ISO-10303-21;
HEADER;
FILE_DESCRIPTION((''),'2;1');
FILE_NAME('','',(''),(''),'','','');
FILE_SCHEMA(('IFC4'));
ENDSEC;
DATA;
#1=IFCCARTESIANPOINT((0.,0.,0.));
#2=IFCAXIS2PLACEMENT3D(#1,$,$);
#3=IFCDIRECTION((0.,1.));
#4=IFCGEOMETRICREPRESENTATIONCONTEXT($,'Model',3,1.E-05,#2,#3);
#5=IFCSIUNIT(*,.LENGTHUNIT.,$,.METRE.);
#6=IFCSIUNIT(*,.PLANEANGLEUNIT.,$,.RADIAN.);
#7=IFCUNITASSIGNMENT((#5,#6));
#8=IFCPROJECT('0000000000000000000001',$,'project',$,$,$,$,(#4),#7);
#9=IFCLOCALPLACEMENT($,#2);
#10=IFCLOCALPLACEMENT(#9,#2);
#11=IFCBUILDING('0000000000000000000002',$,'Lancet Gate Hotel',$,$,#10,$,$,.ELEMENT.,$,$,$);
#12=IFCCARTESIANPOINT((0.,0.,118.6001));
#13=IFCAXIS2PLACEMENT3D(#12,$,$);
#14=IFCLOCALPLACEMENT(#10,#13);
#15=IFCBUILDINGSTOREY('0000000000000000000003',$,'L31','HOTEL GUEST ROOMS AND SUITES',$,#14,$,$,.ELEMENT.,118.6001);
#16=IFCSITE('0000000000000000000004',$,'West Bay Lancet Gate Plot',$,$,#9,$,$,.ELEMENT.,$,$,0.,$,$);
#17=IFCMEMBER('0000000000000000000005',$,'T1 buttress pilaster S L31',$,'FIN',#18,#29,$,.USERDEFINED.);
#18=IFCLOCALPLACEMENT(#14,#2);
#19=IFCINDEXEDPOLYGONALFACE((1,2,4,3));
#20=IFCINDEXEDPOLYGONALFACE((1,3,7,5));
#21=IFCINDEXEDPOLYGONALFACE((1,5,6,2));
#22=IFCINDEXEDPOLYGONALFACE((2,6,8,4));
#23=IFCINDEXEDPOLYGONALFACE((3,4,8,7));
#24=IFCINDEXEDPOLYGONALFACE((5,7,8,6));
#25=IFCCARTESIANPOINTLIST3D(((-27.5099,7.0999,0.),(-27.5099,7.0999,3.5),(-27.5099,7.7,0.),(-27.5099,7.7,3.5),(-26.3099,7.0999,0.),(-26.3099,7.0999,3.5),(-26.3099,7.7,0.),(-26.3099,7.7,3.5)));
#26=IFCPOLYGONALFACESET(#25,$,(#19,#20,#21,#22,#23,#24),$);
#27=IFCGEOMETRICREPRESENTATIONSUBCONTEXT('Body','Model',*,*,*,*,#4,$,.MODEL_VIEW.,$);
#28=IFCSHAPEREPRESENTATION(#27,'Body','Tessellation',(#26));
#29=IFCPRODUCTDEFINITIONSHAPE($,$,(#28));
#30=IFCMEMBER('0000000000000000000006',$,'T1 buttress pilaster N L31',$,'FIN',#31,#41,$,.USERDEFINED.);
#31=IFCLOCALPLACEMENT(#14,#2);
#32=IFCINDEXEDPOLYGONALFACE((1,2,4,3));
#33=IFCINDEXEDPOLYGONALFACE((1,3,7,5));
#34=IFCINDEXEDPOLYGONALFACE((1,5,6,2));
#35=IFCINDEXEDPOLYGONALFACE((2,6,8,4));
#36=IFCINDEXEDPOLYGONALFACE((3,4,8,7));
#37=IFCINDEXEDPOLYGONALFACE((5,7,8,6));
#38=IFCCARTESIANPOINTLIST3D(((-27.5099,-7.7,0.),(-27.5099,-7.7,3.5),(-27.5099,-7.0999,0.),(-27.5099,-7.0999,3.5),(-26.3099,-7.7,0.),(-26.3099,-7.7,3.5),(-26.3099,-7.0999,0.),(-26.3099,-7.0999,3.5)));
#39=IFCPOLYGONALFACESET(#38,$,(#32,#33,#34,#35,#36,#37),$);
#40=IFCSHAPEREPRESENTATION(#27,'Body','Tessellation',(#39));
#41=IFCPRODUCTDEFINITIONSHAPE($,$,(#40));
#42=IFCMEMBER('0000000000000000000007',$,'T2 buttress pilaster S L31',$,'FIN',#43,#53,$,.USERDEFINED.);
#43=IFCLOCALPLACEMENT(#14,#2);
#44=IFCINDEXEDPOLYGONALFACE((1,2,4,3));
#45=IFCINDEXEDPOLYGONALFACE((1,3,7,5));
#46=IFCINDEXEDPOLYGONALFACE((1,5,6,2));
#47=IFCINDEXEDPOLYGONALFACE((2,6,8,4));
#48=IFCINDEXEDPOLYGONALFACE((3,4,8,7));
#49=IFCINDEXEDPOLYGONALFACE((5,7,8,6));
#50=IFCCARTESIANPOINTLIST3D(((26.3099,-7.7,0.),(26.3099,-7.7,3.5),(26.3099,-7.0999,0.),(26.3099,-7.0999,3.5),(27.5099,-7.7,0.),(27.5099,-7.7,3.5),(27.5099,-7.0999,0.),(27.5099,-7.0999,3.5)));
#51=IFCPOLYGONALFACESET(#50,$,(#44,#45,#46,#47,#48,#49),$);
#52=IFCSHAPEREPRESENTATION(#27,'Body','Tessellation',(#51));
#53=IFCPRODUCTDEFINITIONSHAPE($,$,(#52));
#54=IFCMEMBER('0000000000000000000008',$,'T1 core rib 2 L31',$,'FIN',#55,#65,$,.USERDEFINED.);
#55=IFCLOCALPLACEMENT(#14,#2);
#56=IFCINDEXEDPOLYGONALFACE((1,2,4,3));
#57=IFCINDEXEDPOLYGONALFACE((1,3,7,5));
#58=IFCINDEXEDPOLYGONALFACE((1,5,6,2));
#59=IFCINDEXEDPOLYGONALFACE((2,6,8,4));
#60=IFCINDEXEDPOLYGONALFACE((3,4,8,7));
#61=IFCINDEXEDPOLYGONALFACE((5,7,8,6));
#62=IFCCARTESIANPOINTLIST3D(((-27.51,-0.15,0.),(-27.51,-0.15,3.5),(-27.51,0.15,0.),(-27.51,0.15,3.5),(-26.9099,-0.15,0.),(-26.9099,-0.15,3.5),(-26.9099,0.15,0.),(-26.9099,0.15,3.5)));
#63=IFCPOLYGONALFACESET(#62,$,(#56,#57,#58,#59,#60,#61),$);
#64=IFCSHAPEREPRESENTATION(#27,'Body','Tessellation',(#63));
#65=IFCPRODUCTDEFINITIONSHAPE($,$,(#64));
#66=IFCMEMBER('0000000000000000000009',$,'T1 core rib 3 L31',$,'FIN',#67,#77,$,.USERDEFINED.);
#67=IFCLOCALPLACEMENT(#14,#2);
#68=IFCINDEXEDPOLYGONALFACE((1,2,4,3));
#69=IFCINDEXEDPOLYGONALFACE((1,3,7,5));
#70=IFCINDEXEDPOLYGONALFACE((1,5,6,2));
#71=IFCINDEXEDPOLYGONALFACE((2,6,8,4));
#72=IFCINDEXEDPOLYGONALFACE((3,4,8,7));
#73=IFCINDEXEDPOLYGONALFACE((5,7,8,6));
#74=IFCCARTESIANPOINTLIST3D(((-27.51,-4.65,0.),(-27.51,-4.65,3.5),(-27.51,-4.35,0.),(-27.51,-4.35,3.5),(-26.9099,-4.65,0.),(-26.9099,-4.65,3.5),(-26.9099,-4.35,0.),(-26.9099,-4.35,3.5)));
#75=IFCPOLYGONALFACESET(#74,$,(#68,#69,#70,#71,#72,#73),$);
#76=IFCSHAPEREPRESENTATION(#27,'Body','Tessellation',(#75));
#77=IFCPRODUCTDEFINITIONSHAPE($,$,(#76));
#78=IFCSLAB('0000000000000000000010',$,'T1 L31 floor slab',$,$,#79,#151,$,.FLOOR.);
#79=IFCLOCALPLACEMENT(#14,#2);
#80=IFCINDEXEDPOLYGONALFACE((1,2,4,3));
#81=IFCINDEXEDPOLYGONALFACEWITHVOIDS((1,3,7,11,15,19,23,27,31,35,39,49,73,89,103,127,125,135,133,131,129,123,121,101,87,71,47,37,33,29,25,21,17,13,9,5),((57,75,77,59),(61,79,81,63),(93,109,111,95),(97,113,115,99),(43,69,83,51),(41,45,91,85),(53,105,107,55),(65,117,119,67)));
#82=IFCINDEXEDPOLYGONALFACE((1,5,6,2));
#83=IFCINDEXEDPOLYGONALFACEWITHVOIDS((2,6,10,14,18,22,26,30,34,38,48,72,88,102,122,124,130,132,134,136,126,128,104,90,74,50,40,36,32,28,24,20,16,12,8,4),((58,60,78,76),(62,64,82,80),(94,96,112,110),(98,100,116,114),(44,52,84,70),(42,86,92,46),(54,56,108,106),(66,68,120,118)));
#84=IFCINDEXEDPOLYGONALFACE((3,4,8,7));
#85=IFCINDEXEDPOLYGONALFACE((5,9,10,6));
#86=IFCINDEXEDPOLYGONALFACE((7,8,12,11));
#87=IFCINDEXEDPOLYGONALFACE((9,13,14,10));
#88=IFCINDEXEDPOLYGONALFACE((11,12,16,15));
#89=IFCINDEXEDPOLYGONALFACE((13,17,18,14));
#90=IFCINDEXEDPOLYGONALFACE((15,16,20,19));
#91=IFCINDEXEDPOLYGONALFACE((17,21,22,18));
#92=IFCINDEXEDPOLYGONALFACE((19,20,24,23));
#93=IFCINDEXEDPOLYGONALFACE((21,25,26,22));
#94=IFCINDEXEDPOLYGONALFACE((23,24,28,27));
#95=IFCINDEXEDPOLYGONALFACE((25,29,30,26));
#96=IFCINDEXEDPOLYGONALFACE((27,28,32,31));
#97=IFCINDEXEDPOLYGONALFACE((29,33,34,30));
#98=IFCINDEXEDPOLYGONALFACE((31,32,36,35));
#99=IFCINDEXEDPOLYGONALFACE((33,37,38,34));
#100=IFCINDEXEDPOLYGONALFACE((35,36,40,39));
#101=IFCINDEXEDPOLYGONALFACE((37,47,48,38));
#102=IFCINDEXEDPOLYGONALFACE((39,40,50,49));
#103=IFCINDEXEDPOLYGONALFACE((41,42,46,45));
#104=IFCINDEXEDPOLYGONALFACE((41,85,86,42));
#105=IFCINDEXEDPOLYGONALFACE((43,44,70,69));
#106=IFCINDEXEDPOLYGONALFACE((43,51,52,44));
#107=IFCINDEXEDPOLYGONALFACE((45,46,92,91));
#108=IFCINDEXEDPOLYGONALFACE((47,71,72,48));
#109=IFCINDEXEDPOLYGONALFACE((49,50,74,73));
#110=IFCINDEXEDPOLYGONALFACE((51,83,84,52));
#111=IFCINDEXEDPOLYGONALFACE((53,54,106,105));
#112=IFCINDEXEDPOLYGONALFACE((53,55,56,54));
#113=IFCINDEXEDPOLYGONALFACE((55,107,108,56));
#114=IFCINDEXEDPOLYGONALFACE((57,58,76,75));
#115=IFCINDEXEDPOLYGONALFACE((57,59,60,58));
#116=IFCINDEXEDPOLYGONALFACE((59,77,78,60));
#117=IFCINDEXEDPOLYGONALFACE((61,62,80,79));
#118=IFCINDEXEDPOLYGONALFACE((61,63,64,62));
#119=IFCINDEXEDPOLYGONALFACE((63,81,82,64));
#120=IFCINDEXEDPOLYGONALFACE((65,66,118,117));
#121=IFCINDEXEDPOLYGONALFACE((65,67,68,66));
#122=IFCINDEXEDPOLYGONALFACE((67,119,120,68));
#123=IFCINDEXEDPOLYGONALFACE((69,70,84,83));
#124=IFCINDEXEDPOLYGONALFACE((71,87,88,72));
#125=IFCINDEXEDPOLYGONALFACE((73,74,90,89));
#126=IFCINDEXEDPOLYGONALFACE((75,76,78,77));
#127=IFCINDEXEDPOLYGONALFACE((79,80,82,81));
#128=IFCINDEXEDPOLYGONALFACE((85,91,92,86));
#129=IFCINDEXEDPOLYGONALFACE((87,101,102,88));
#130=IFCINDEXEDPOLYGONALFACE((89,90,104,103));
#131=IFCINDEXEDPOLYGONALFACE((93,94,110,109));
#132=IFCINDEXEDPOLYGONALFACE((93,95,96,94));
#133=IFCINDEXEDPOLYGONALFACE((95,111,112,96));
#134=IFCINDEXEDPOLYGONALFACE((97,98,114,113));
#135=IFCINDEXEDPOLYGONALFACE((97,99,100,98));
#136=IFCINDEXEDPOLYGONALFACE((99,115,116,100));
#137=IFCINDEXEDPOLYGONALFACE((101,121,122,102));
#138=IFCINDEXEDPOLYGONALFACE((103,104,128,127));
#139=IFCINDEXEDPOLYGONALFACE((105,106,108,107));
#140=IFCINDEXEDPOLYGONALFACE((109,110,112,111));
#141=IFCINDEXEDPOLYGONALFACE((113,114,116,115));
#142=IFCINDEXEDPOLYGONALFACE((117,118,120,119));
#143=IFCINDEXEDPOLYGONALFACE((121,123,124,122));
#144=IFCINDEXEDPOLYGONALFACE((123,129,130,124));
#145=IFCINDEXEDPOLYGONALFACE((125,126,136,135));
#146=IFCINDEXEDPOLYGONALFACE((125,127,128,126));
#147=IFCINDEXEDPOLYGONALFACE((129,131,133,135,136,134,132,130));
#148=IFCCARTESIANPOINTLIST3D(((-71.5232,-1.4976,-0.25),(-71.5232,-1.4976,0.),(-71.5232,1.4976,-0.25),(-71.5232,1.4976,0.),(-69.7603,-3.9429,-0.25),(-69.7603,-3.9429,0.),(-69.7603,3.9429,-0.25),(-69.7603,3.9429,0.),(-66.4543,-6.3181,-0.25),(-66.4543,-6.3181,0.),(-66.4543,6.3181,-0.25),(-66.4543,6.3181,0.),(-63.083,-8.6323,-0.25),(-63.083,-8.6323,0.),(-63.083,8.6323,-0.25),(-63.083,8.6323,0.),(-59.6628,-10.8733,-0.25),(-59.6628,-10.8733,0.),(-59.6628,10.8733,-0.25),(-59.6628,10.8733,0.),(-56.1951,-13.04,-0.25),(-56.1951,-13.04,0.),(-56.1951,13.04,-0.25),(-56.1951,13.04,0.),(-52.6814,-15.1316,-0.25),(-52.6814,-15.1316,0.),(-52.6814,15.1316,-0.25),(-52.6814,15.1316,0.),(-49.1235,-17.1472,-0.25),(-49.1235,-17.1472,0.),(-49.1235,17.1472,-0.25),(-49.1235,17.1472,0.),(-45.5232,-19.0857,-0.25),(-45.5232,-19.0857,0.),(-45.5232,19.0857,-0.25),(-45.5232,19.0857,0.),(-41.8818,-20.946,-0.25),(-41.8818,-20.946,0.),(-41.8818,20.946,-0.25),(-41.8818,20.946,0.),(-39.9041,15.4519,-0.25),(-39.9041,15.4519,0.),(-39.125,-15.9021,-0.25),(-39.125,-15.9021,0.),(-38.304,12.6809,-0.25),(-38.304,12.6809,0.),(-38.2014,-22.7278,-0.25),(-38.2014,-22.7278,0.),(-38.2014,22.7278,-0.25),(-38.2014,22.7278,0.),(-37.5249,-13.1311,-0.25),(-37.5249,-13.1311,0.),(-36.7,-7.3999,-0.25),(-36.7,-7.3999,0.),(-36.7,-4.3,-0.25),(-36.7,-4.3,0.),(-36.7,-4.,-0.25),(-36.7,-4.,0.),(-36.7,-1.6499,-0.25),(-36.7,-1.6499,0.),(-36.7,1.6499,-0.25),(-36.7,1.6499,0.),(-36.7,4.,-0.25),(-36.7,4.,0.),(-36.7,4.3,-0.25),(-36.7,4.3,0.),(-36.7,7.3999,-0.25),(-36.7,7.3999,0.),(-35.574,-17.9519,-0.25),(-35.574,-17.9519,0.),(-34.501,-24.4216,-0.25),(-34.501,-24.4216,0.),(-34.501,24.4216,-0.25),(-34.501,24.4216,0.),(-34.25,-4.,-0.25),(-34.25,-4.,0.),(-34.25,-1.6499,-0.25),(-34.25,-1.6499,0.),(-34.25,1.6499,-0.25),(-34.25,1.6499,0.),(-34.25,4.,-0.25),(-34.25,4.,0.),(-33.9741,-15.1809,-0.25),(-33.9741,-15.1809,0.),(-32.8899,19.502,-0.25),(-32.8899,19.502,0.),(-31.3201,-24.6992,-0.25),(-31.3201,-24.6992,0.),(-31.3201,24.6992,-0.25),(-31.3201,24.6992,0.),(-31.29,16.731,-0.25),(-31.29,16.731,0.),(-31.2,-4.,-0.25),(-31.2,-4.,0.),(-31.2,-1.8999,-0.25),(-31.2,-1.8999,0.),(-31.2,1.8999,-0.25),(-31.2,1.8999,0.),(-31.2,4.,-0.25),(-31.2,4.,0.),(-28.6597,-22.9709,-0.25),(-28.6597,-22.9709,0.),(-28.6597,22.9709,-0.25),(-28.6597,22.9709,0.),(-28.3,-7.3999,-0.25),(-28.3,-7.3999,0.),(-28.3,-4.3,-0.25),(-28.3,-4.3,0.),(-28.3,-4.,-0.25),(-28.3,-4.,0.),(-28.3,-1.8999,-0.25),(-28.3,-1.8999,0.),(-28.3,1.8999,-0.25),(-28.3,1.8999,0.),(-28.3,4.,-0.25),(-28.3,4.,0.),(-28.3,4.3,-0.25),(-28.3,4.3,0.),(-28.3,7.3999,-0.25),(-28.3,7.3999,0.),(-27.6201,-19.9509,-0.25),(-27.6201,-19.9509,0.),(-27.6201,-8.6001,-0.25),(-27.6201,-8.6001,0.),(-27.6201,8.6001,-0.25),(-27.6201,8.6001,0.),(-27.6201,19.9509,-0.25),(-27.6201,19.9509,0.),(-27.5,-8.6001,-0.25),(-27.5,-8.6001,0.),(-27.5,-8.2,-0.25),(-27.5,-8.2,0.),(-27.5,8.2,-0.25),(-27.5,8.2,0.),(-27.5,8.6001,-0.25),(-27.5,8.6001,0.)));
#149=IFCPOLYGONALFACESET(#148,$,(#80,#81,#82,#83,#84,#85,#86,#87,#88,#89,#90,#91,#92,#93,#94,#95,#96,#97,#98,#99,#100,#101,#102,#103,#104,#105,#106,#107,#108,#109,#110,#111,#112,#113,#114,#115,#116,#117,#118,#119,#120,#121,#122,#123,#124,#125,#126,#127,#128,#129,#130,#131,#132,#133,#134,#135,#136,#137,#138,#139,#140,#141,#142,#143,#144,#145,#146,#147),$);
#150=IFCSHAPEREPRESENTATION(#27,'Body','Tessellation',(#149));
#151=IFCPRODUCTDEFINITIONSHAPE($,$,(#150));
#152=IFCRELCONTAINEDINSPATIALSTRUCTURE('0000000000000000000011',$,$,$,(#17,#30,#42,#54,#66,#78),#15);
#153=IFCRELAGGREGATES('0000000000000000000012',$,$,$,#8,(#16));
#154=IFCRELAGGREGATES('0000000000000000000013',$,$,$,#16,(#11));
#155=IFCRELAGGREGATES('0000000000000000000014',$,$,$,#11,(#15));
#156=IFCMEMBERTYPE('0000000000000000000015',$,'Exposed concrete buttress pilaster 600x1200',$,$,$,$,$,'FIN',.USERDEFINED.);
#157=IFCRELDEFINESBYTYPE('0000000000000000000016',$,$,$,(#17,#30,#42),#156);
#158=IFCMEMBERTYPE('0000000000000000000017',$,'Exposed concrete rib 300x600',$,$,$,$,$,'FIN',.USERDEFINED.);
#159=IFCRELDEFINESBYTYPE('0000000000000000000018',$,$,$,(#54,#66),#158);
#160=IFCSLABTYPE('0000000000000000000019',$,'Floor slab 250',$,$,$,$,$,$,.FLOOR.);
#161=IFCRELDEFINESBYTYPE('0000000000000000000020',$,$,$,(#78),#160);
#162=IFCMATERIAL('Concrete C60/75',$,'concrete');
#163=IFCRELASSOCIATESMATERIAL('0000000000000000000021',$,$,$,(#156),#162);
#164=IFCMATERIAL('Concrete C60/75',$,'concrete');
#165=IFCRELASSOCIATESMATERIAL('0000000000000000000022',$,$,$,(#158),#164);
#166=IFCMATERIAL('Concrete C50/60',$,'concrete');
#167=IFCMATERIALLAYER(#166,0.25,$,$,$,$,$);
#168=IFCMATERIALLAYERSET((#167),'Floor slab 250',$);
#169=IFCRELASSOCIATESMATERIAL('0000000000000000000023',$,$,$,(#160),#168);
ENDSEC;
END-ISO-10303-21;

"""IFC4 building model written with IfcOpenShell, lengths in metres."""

from ifc_helpers import new_model, si_unit, direction, frame, origin, origin_2d, place, context, subcontext, project, spatial, polyline, rectangle, outline, extrude, material, layer, layer_set, material_profile, profile_set, type_object, element, save


model = new_model("IFC4")

# Units and contexts
model_context = context("Model", 3, precision=1e-05, world=origin(), true_north=direction((0.0, 1.0)))
body_context = subcontext(model_context, "Body", "Model", "MODEL_VIEW")
ifc_project = project(units=[si_unit("LENGTHUNIT", "METRE"), si_unit("PLANEANGLEUNIT", "RADIAN")], contexts=[model_context])

# Site, building, storey
site_placement = place(None, origin())
site = spatial("IfcSite", under=ifc_project, at=site_placement, Name="West Bay Lancet Gate Plot", CompositionType="ELEMENT", RefElevation=0.0)
building_placement = place(site_placement, origin())
building = spatial("IfcBuilding", under=site, at=building_placement, Name="Lancet Gate Hotel", CompositionType="ELEMENT")
storey_placement = place(building_placement, frame((0.0, 0.0, 118.6001)))
storey = spatial("IfcBuildingStorey", under=building, at=storey_placement, Name="L31", Description="HOTEL GUEST ROOMS AND SUITES", CompositionType="ELEMENT", Elevation=118.6001)

# Members
ifc_material_1 = material(Name="Concrete C60/75", Category="concrete")
ifc_material_profile_1 = material_profile(ifc_material_1, rectangle(XDim=0.6001, YDim=1.2, at=origin_2d()), Name="FIN 600x1200")
ifc_profile_set_1 = profile_set([ifc_material_profile_1], Name="Concrete C60/75")
member_type_1 = type_object("IfcMemberType", Name="Exposed concrete buttress pilaster 600x1200", ElementType="FIN", PredefinedType="USERDEFINED", material=ifc_profile_set_1)
for number, where, z_axis, x_axis, name in (
    (1, (-26.9099, 7.3999, 0.0), (0.0, 0.0, 1.0), (0.0, 1.0, 0.0), "T1 buttress pilaster S L31"),
    (2, (-26.9099, -7.3999, 0.0), (0.0, 0.0, 1.0), (0.0, 1.0, 0.0), "T1 buttress pilaster N L31"),
    (3, (26.9099, -7.3999, 0.0), (0.0, 0.0, 1.0), (0.0, 1.0, 0.0), "T2 buttress pilaster S L31"),
):
    element("IfcMember", number, at=place(storey_placement, frame(where, z_axis=z_axis, x_axis=x_axis)), inside=storey, type_object=member_type_1, Name=name, ObjectType="FIN", PredefinedType="USERDEFINED", context=body_context, shape_type="SweptSolid", body=[
        extrude(rectangle(XDim=0.6001, YDim=1.2, at=origin_2d()), origin(), (0.0, 0.0, 1.0), 3.5),
    ])
ifc_material_2 = material(Name="Concrete C60/75", Category="concrete")
ifc_material_profile_2 = material_profile(ifc_material_2, rectangle(XDim=0.3, YDim=0.6001, at=origin_2d()), Name="FIN 300x600")
ifc_profile_set_2 = profile_set([ifc_material_profile_2], Name="Concrete C60/75")
member_type_2 = type_object("IfcMemberType", Name="Exposed concrete rib 300x600", ElementType="FIN", PredefinedType="USERDEFINED", material=ifc_profile_set_2)
for number, where, z_axis, x_axis, name in (
    (4, (-27.21, 0.0, 0.0), (0.0, 0.0, 1.0), (0.0, 1.0, 0.0), "T1 core rib 2 L31"),
    (5, (-27.21, -4.5, 0.0), (0.0, 0.0, 1.0), (0.0, 1.0, 0.0), "T1 core rib 3 L31"),
):
    element("IfcMember", number, at=place(storey_placement, frame(where, z_axis=z_axis, x_axis=x_axis)), inside=storey, type_object=member_type_2, Name=name, ObjectType="FIN", PredefinedType="USERDEFINED", context=body_context, shape_type="SweptSolid", body=[
        extrude(rectangle(XDim=0.3, YDim=0.6001, at=origin_2d()), origin(), (0.0, 0.0, 1.0), 3.5),
    ])

# Slab
ifc_material_3 = material(Name="Concrete C50/60", Category="concrete")
ifc_layer_1 = layer(ifc_material_3, 0.25)
ifc_layer_set_1 = layer_set([ifc_layer_1], Name="Floor slab 250")
slab_type_1 = type_object("IfcSlabType", Name="Floor slab 250", PredefinedType="FLOOR", material=ifc_layer_set_1)
slab_1_placement = place(storey_placement, frame((0.0, 0.0, -0.25)))
element("IfcSlab", 6, at=slab_1_placement, inside=storey, type_object=slab_type_1, Name="T1 L31 floor slab", PredefinedType="FLOOR", context=body_context, shape_type="SweptSolid", body=[
    extrude(outline(polyline([(-27.5, 8.6001), (-27.6201, 8.6001), (-27.6201, 19.9509), (-28.6597, 22.9709), (-31.3201, 24.6992), (-34.501, 24.4216), (-38.2014, 22.7278), (-41.8818, 20.946), (-45.5232, 19.0857), (-49.1235, 17.1472), (-52.6814, 15.1316), (-56.1951, 13.04), (-59.6628, 10.8733), (-63.083, 8.6323), (-66.4543, 6.3181), (-69.7603, 3.9429), (-71.5232, 1.4976), (-71.5232, -1.4976), (-69.7603, -3.9429), (-66.4543, -6.3181), (-63.083, -8.6323), (-59.6628, -10.8733), (-56.1951, -13.04), (-52.6814, -15.1316), (-49.1235, -17.1472), (-45.5232, -19.0857), (-41.8818, -20.946), (-38.2014, -22.7278), (-34.501, -24.4216), (-31.3201, -24.6992), (-28.6597, -22.9709), (-27.6201, -19.9509), (-27.6201, -8.6001), (-27.5, -8.6001), (-27.5, -8.2), (-27.5, 8.2), (-27.5, 8.6001)]), holes=[polyline([(-36.7, 7.3999), (-36.7, 4.3), (-28.3, 4.3), (-28.3, 7.3999), (-36.7, 7.3999)]), polyline([(-28.3, 4.0), (-31.2, 4.0), (-31.2, 1.8999), (-28.3, 1.8999), (-28.3, 4.0)]), polyline([(-34.25, 4.0), (-36.7, 4.0), (-36.7, 1.6499), (-34.25, 1.6499), (-34.25, 4.0)]), polyline([(-36.7, -1.6499), (-36.7, -4.0), (-34.25, -4.0), (-34.25, -1.6499), (-36.7, -1.6499)]), polyline([(-28.3, -1.8999), (-31.2, -1.8999), (-31.2, -4.0), (-28.3, -4.0), (-28.3, -1.8999)]), polyline([(-28.3, -4.3), (-36.7, -4.3), (-36.7, -7.3999), (-28.3, -7.3999), (-28.3, -4.3)]), polyline([(-31.29, 16.731), (-32.8899, 19.502), (-39.9041, 15.4519), (-38.304, 12.6809), (-31.29, 16.731)]), polyline([(-33.9741, -15.1809), (-37.5249, -13.1311), (-39.125, -15.9021), (-35.574, -17.9519), (-33.9741, -15.1809)])]), origin(), (0.0, 0.0, 1.0), 0.25),
])

save(model, "model.ifc")
